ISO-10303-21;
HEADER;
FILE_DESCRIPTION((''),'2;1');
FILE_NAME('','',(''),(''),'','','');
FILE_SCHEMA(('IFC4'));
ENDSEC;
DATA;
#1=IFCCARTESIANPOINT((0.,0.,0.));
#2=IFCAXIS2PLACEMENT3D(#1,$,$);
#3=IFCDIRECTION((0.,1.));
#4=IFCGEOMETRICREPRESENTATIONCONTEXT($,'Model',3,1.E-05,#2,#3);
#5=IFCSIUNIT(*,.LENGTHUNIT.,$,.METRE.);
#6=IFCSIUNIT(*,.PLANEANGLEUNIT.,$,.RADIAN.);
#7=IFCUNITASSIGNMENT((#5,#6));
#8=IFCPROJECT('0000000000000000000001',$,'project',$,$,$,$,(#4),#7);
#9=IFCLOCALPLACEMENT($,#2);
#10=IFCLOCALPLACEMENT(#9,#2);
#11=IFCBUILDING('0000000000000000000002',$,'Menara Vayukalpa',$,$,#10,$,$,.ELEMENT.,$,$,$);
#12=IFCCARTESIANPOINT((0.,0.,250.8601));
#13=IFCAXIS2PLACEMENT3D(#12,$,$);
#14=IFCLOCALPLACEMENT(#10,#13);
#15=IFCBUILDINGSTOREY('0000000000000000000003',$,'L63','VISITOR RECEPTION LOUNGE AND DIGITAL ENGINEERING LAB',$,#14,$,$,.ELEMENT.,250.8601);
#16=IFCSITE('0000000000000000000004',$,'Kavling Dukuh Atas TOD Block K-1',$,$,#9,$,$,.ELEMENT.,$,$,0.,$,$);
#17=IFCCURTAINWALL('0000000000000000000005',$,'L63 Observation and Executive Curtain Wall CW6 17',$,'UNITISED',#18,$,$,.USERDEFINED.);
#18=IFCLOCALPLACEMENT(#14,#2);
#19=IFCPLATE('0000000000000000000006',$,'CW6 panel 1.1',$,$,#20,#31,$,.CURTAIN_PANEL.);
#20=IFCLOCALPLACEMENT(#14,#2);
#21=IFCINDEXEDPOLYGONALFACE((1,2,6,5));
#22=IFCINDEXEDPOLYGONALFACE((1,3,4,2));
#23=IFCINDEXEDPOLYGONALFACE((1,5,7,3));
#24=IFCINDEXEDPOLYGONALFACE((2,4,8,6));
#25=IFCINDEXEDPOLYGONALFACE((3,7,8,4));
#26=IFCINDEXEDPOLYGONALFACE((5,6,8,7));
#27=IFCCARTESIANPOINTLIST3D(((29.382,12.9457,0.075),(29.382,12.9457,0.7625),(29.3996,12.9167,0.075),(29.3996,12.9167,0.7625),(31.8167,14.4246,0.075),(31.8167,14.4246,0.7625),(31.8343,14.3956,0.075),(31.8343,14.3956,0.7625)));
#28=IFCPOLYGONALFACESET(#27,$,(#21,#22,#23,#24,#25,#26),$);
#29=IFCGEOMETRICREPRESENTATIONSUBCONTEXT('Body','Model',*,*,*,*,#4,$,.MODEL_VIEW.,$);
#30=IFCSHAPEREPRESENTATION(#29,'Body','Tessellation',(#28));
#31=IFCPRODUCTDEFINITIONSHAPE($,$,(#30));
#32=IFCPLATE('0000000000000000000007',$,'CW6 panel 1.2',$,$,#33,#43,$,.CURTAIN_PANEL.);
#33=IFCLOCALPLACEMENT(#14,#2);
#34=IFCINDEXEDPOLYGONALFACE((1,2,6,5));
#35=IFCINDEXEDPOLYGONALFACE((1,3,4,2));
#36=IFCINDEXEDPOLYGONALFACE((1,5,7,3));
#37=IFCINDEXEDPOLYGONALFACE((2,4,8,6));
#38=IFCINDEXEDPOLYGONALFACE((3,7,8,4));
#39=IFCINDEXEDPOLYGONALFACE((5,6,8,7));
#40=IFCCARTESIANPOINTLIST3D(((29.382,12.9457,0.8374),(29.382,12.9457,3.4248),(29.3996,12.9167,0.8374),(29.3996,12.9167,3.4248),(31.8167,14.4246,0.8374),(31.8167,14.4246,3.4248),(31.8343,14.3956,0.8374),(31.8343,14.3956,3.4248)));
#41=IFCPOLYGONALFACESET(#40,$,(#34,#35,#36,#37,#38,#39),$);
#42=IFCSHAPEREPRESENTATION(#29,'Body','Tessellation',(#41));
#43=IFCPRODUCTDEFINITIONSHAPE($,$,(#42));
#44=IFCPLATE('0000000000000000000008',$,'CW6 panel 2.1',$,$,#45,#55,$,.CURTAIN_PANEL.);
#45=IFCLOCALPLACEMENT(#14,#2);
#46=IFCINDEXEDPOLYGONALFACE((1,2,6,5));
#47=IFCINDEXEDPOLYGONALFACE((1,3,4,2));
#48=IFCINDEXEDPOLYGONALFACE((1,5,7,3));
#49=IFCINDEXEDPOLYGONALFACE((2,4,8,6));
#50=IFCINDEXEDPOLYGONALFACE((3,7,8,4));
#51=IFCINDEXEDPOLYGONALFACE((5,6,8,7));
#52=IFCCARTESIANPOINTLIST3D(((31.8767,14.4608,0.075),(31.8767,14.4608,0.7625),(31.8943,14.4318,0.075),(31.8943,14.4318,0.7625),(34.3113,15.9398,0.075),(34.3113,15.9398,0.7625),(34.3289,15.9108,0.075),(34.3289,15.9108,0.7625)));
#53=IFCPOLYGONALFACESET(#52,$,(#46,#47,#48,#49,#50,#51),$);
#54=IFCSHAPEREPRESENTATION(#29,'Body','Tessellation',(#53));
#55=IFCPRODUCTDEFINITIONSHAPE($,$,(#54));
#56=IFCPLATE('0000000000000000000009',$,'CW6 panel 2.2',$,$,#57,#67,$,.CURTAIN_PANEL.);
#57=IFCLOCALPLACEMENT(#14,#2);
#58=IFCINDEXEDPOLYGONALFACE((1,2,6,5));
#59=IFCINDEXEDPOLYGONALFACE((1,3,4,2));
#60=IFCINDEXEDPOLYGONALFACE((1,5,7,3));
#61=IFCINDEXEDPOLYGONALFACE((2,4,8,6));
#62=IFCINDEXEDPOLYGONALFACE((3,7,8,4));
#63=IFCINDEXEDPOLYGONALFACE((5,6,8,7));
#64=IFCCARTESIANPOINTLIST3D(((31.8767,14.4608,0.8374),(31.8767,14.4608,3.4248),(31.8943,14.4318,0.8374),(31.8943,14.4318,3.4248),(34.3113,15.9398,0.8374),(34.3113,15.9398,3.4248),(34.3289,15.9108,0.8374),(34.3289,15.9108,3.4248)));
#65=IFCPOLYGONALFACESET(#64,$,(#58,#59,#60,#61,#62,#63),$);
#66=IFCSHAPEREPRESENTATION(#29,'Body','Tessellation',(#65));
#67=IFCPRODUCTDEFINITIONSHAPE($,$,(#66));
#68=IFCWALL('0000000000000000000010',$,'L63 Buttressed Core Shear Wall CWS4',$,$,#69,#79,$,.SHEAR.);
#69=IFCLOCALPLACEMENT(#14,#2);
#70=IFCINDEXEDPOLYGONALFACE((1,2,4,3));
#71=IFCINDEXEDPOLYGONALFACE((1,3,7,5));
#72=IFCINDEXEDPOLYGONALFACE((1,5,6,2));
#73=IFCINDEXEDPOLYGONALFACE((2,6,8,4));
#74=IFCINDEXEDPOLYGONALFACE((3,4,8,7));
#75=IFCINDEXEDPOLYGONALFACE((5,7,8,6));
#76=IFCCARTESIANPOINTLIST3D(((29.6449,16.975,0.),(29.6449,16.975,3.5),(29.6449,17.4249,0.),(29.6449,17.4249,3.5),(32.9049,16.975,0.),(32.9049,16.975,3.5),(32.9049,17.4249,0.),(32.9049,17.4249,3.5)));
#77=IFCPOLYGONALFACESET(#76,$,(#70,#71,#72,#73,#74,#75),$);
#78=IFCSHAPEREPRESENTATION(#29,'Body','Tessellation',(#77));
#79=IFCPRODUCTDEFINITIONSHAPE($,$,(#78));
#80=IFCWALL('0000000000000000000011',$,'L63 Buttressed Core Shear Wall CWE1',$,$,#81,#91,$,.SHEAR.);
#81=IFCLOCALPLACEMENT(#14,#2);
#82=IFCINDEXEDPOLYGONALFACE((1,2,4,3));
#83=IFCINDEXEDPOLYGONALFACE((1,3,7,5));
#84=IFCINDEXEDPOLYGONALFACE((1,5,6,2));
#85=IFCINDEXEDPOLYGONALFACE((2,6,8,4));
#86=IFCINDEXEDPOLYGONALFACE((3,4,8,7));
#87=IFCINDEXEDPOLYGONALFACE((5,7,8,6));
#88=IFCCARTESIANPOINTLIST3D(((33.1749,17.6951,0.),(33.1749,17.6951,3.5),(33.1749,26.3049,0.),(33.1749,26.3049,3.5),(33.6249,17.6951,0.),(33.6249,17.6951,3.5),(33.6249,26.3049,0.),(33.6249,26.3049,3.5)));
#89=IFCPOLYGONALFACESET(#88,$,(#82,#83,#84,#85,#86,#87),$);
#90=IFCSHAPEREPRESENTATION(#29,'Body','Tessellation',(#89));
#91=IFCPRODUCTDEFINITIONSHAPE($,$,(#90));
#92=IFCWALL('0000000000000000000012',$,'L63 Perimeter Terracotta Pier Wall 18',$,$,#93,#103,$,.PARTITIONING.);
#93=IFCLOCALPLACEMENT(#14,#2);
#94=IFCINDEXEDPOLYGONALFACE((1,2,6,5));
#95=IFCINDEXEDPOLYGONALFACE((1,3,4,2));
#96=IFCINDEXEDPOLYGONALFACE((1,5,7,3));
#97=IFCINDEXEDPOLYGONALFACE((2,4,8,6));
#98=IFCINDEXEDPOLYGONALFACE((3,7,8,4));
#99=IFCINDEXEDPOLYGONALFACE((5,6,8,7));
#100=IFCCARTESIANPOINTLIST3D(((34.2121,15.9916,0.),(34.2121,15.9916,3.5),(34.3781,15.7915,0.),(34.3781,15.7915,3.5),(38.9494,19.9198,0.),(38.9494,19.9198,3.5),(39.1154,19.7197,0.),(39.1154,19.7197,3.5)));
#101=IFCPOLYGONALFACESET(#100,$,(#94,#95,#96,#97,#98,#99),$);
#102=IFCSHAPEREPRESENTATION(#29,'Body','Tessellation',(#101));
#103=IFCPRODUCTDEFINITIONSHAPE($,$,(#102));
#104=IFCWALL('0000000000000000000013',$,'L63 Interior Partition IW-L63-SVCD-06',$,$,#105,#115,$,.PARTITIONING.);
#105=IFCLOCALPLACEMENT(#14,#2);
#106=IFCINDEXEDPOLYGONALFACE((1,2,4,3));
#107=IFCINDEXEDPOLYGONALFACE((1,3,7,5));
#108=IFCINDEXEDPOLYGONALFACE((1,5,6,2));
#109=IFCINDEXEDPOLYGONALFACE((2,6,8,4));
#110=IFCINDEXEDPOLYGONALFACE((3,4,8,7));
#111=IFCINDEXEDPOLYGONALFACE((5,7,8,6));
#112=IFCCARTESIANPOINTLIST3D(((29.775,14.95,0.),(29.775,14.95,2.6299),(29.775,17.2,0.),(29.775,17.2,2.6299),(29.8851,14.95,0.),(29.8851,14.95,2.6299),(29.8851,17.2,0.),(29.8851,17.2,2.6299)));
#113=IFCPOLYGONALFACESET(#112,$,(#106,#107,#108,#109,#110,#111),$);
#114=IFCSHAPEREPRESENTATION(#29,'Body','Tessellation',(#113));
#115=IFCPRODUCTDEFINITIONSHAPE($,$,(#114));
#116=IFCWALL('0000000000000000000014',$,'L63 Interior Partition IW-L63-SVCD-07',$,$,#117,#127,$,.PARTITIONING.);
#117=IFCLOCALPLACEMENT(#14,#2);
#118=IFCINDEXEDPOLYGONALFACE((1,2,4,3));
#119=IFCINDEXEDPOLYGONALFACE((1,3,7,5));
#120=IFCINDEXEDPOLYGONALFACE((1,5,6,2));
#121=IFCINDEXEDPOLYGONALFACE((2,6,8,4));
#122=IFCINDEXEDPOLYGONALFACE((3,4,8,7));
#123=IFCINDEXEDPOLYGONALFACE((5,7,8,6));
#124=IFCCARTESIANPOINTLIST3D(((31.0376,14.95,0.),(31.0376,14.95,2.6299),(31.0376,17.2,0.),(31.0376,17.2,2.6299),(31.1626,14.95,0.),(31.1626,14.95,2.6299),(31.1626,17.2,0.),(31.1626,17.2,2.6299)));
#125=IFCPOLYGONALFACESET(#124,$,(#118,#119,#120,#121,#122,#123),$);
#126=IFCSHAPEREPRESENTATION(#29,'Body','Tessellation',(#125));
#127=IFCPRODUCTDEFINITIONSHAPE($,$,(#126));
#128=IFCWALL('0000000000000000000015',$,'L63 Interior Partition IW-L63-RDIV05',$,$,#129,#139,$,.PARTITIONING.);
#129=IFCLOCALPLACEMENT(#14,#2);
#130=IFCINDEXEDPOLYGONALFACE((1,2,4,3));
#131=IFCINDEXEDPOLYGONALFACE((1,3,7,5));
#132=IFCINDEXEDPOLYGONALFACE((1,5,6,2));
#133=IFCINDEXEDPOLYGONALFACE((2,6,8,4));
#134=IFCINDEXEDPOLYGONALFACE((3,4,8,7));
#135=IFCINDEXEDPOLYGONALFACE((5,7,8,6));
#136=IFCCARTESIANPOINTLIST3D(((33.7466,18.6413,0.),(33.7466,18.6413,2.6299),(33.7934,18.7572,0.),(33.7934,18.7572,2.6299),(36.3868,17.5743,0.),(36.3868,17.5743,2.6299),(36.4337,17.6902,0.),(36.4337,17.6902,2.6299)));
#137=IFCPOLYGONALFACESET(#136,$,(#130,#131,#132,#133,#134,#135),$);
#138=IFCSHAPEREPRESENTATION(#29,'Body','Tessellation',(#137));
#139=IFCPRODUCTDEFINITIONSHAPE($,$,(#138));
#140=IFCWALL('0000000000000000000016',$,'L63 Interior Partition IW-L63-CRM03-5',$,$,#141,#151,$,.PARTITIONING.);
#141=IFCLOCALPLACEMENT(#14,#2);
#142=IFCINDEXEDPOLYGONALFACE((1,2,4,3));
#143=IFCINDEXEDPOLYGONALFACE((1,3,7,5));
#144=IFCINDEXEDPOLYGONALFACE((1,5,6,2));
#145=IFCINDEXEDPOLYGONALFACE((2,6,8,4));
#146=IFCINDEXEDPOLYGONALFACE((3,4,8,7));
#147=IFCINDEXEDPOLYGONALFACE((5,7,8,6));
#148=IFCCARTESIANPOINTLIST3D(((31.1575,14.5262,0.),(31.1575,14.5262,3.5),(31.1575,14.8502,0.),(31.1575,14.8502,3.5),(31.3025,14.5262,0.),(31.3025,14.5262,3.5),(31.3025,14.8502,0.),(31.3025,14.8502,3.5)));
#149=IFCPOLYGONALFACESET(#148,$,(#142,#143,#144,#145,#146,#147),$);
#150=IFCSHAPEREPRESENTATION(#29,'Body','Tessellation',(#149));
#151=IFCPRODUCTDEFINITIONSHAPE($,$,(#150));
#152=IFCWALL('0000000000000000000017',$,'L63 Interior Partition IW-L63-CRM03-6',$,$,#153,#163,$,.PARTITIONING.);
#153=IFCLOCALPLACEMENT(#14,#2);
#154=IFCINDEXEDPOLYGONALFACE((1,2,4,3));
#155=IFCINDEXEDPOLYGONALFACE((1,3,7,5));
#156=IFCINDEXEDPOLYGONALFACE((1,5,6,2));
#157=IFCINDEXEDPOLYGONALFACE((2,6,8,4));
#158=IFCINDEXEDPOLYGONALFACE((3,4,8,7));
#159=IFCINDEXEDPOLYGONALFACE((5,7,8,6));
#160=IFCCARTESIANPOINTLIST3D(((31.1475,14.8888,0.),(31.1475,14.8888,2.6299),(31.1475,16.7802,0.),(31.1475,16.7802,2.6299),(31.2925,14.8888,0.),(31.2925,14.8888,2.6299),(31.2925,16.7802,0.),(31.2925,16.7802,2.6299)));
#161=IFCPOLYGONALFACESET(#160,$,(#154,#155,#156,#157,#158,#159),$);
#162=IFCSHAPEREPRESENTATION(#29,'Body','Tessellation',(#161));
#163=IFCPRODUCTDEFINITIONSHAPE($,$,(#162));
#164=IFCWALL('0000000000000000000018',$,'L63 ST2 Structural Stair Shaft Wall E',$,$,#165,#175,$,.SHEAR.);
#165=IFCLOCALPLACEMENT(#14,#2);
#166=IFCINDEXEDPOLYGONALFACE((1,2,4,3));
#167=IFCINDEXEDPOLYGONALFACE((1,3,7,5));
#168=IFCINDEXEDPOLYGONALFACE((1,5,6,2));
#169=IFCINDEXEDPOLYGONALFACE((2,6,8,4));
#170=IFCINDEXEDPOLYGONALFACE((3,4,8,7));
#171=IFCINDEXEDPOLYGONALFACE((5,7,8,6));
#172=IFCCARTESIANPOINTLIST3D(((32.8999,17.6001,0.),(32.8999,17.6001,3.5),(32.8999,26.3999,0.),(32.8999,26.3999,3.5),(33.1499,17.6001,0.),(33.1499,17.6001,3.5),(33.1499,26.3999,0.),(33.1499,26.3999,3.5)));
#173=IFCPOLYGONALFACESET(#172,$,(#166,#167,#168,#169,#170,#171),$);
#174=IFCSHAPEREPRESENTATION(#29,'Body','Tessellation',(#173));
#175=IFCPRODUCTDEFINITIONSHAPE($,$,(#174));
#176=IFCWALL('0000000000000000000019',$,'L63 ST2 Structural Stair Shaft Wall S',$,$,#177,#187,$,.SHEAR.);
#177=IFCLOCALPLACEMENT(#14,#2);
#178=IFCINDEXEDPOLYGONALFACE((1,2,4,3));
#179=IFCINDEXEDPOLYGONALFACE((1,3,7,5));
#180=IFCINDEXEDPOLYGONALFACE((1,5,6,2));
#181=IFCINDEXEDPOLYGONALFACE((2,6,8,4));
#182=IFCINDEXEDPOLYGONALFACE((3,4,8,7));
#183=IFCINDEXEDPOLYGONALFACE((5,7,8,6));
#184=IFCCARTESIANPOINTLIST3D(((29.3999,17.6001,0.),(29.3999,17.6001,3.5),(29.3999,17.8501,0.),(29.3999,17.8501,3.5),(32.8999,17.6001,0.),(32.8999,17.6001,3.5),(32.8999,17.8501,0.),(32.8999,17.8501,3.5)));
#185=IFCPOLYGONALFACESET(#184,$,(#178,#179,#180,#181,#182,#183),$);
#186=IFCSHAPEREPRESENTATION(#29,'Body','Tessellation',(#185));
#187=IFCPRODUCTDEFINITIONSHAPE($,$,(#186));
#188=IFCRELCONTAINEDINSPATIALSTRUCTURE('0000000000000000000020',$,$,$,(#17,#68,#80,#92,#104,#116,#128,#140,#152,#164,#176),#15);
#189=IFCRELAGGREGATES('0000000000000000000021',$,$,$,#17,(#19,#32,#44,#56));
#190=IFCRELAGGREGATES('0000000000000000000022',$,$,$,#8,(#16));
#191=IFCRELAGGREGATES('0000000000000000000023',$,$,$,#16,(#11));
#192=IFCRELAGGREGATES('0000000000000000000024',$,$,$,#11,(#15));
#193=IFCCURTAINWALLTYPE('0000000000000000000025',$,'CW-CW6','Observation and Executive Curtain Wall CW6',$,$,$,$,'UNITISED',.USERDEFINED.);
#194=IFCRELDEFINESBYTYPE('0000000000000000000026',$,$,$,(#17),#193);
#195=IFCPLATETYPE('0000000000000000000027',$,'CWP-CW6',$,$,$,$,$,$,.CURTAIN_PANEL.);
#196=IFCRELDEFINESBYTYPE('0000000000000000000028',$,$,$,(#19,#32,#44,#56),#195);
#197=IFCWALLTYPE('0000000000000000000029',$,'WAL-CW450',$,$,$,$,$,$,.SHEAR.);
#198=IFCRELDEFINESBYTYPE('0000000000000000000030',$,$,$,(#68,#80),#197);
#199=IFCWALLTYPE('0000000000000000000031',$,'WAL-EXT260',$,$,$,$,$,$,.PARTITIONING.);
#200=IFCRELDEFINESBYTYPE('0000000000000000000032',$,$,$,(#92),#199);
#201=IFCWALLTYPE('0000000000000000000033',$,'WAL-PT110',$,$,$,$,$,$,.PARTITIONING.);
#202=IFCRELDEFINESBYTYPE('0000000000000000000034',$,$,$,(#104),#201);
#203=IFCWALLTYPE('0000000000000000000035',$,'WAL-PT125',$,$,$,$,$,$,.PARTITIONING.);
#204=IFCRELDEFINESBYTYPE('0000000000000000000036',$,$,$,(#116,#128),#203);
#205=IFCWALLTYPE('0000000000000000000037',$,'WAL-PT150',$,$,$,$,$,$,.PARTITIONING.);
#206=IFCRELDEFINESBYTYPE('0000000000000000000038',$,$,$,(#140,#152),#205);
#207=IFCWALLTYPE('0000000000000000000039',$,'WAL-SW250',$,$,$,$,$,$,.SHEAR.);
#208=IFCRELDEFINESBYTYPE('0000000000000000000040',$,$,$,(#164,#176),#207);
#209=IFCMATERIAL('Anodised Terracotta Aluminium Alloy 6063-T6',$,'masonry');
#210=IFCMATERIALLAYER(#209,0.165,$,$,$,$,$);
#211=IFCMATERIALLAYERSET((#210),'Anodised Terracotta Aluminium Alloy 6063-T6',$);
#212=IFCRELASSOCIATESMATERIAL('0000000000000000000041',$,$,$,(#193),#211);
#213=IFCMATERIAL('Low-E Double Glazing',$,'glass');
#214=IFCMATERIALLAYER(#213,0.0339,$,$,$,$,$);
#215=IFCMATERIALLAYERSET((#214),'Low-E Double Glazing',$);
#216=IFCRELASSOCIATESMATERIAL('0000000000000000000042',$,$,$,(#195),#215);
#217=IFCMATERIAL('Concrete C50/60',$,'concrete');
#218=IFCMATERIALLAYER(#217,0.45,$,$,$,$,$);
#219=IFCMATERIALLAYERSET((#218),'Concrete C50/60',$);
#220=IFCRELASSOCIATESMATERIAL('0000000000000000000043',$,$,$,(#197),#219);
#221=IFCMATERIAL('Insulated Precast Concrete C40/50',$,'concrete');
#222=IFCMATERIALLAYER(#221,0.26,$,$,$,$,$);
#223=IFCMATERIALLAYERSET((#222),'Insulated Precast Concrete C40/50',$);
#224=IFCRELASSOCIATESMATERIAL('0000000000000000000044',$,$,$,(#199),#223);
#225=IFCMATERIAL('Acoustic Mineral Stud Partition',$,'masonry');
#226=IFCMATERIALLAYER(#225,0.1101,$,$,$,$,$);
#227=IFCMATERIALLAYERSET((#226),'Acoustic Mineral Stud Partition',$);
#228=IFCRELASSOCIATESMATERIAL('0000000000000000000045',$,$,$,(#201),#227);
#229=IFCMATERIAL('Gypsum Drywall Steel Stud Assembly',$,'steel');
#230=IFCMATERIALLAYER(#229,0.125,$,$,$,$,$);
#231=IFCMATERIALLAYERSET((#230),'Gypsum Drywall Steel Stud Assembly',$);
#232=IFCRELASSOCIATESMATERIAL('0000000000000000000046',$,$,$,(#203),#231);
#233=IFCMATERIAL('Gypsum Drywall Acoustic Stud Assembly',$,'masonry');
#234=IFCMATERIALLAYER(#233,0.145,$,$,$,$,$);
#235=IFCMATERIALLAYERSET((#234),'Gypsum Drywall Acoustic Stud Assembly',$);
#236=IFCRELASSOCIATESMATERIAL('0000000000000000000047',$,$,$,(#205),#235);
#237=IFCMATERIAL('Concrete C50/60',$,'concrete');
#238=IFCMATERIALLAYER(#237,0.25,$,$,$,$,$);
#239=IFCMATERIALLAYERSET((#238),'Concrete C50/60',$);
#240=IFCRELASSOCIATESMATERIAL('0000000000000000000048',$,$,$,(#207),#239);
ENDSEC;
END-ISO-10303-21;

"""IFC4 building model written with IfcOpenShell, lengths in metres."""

from ifc_helpers import new_model, si_unit, direction, frame, frame_2d, origin, origin_2d, place, context, subcontext, project, spatial, rectangle, extrude, material, layer, layer_set, type_object, element, aggregate, save


model = new_model("IFC4")

# Units and contexts
model_context = context("Model", 3, precision=1e-05, world=origin(), true_north=direction((0.0, 1.0)))
body_context = subcontext(model_context, "Body", "Model", "MODEL_VIEW")
ifc_project = project(units=[si_unit("LENGTHUNIT", "METRE"), si_unit("PLANEANGLEUNIT", "RADIAN")], contexts=[model_context])

# Site, building, storey
site_placement = place(None, origin())
site = spatial("IfcSite", under=ifc_project, at=site_placement, Name="Kavling Dukuh Atas TOD Block K-1", CompositionType="ELEMENT", RefElevation=0.0)
building_placement = place(site_placement, origin())
building = spatial("IfcBuilding", under=site, at=building_placement, Name="Menara Vayukalpa", CompositionType="ELEMENT")
storey_placement = place(building_placement, frame((0.0, 0.0, 250.8601)))
storey = spatial("IfcBuildingStorey", under=building, at=storey_placement, Name="L63", Description="VISITOR RECEPTION LOUNGE AND DIGITAL ENGINEERING LAB", CompositionType="ELEMENT", Elevation=250.8601)

# Curtain wall, plates
ifc_material_1 = material(Name="Anodised Terracotta Aluminium Alloy 6063-T6", Category="masonry")
ifc_layer_1 = layer(ifc_material_1, 0.165)
ifc_layer_set_1 = layer_set([ifc_layer_1], Name="Anodised Terracotta Aluminium Alloy 6063-T6")
curtain_wall_type = type_object("IfcCurtainWallType", Name="CW-CW6", Description="Observation and Executive Curtain Wall CW6", ElementType="UNITISED", PredefinedType="USERDEFINED", material=ifc_layer_set_1)
curtain_wall_placement = place(storey_placement, origin())
curtain_wall = element("IfcCurtainWall", 1, at=curtain_wall_placement, inside=storey, type_object=curtain_wall_type, Name="L63 Observation and Executive Curtain Wall CW6 17", ObjectType="UNITISED", PredefinedType="USERDEFINED")
ifc_material_2 = material(Name="Low-E Double Glazing", Category="glass")
ifc_layer_2 = layer(ifc_material_2, 0.0339)
ifc_layer_set_2 = layer_set([ifc_layer_2], Name="Low-E Double Glazing")
plate_type = type_object("IfcPlateType", Name="CWP-CW6", PredefinedType="CURTAIN_PANEL", material=ifc_layer_set_2)
plate_1_placement = place(storey_placement, frame((30.6082, 13.6707, 0.075), z_axis=(0.0, 0.0, 1.0), x_axis=(0.854668, 0.519176, 0.0)))
plate_1 = element("IfcPlate", 2, at=plate_1_placement, type_object=plate_type, Name="CW6 panel 1.1", PredefinedType="CURTAIN_PANEL", context=body_context, shape_type="SweptSolid", body=[
    extrude(rectangle(XDim=2.8486, YDim=0.0339, at=origin_2d()), origin(), (0.0, 0.0, 1.0), 0.6875),
])
plate_2_placement = place(storey_placement, frame((30.6082, 13.6707, 0.8374), z_axis=(0.0, 0.0, 1.0), x_axis=(0.854668, 0.519176, 0.0)))
plate_2 = element("IfcPlate", 3, at=plate_2_placement, type_object=plate_type, Name="CW6 panel 1.2", PredefinedType="CURTAIN_PANEL", context=body_context, shape_type="SweptSolid", body=[
    extrude(rectangle(XDim=2.8486, YDim=0.0339, at=origin_2d()), origin(), (0.0, 0.0, 1.0), 2.5874),
])
plate_3_placement = place(storey_placement, frame((33.1028, 15.1858, 0.075), z_axis=(0.0, 0.0, 1.0), x_axis=(0.854668, 0.519176, 0.0)))
plate_3 = element("IfcPlate", 4, at=plate_3_placement, type_object=plate_type, Name="CW6 panel 2.1", PredefinedType="CURTAIN_PANEL", context=body_context, shape_type="SweptSolid", body=[
    extrude(rectangle(XDim=2.8486, YDim=0.0339, at=origin_2d()), origin(), (0.0, 0.0, 1.0), 0.6875),
])
plate_4_placement = place(storey_placement, frame((33.1028, 15.1858, 0.8374), z_axis=(0.0, 0.0, 1.0), x_axis=(0.854668, 0.519176, 0.0)))
plate_4 = element("IfcPlate", 5, at=plate_4_placement, type_object=plate_type, Name="CW6 panel 2.2", PredefinedType="CURTAIN_PANEL", context=body_context, shape_type="SweptSolid", body=[
    extrude(rectangle(XDim=2.8486, YDim=0.0339, at=origin_2d()), origin(), (0.0, 0.0, 1.0), 2.5874),
])
aggregate(curtain_wall, [plate_1, plate_2, plate_3, plate_4])

# Walls
ifc_material_3 = material(Name="Concrete C50/60", Category="concrete")
ifc_layer_3 = layer(ifc_material_3, 0.45)
ifc_layer_set_3 = layer_set([ifc_layer_3], Name="Concrete C50/60")
wall_type_1 = type_object("IfcWallType", Name="WAL-CW450", PredefinedType="SHEAR", material=ifc_layer_set_3)
wall_1_placement = place(storey_placement, frame((29.645, 17.2, 0.0), z_axis=(0.0, 0.0, 1.0), x_axis=(1.0, 0.0, 0.0)))
element("IfcWall", 6, at=wall_1_placement, inside=storey, type_object=wall_type_1, Name="L63 Buttressed Core Shear Wall CWS4", PredefinedType="SHEAR", context=body_context, shape_type="SweptSolid", body=[
    extrude(rectangle(XDim=3.26, YDim=0.45, at=frame_2d((1.6299, 0.0))), origin(), (0.0, 0.0, 1.0), 3.5),
])
wall_2_placement = place(storey_placement, frame((33.3999, 17.6951, 0.0), z_axis=(0.0, 0.0, 1.0), x_axis=(0.0, 1.0, 0.0)))
element("IfcWall", 7, at=wall_2_placement, inside=storey, type_object=wall_type_1, Name="L63 Buttressed Core Shear Wall CWE1", PredefinedType="SHEAR", context=body_context, shape_type="SweptSolid", body=[
    extrude(rectangle(XDim=8.6099, YDim=0.45, at=frame_2d((4.3049, 0.0))), origin(), (0.0, 0.0, 1.0), 3.5),
])
ifc_material_4 = material(Name="Insulated Precast Concrete C40/50", Category="concrete")
ifc_layer_4 = layer(ifc_material_4, 0.26)
ifc_layer_set_4 = layer_set([ifc_layer_4], Name="Insulated Precast Concrete C40/50")
wall_type_2 = type_object("IfcWallType", Name="WAL-EXT260", PredefinedType="PARTITIONING", material=ifc_layer_set_4)
wall_3_placement = place(storey_placement, frame((39.0325, 19.8198, 0.0), z_axis=(0.0, 0.0, 1.0), x_axis=(-0.76978, -0.638309, 0.0)))
element("IfcWall", 8, at=wall_3_placement, inside=storey, type_object=wall_type_2, Name="L63 Perimeter Terracotta Pier Wall 18", PredefinedType="PARTITIONING", context=body_context, shape_type="SweptSolid", body=[
    extrude(rectangle(XDim=6.1541, YDim=0.26, at=frame_2d((3.0771, 0.0))), origin(), (0.0, 0.0, 1.0), 3.5),
])
ifc_material_5 = material(Name="Acoustic Mineral Stud Partition", Category="masonry")
ifc_layer_5 = layer(ifc_material_5, 0.1101)
ifc_layer_set_5 = layer_set([ifc_layer_5], Name="Acoustic Mineral Stud Partition")
wall_type_3 = type_object("IfcWallType", Name="WAL-PT110", PredefinedType="PARTITIONING", material=ifc_layer_set_5)
wall_4_placement = place(storey_placement, frame((29.8301, 14.95, 0.0), z_axis=(0.0, 0.0, 1.0), x_axis=(0.0, 1.0, 0.0)))
element("IfcWall", 9, at=wall_4_placement, inside=storey, type_object=wall_type_3, Name="L63 Interior Partition IW-L63-SVCD-06", PredefinedType="PARTITIONING", context=body_context, shape_type="SweptSolid", body=[
    extrude(rectangle(XDim=2.25, YDim=0.1101, at=frame_2d((1.125, 0.0))), origin(), (0.0, 0.0, 1.0), 2.6299),
])
ifc_material_6 = material(Name="Gypsum Drywall Steel Stud Assembly", Category="steel")
ifc_layer_6 = layer(ifc_material_6, 0.125)
ifc_layer_set_6 = layer_set([ifc_layer_6], Name="Gypsum Drywall Steel Stud Assembly")
wall_type_4 = type_object("IfcWallType", Name="WAL-PT125", PredefinedType="PARTITIONING", material=ifc_layer_set_6)
wall_5_placement = place(storey_placement, frame((31.1001, 14.95, 0.0), z_axis=(0.0, 0.0, 1.0), x_axis=(0.0, 1.0, 0.0)))
element("IfcWall", 10, at=wall_5_placement, inside=storey, type_object=wall_type_4, Name="L63 Interior Partition IW-L63-SVCD-07", PredefinedType="PARTITIONING", context=body_context, shape_type="SweptSolid", body=[
    extrude(rectangle(XDim=2.25, YDim=0.125, at=frame_2d((1.125, 0.0))), origin(), (0.0, 0.0, 1.0), 2.6299),
])
wall_6_placement = place(storey_placement, frame((33.77, 18.6992, 0.0), z_axis=(0.0, 0.0, 1.0), x_axis=(0.927158, -0.37467, 0.0)))
element("IfcWall", 11, at=wall_6_placement, inside=storey, type_object=wall_type_4, Name="L63 Interior Partition IW-L63-RDIV05", PredefinedType="PARTITIONING", context=body_context, shape_type="SweptSolid", body=[
    extrude(rectangle(XDim=2.8477, YDim=0.125, at=frame_2d((1.4238, 0.0))), origin(), (0.0, 0.0, 1.0), 2.6299),
])
ifc_material_7 = material(Name="Gypsum Drywall Acoustic Stud Assembly", Category="masonry")
ifc_layer_7 = layer(ifc_material_7, 0.145)
ifc_layer_set_7 = layer_set([ifc_layer_7], Name="Gypsum Drywall Acoustic Stud Assembly")
wall_type_5 = type_object("IfcWallType", Name="WAL-PT150", PredefinedType="PARTITIONING", material=ifc_layer_set_7)
wall_7_placement = place(storey_placement, frame((31.23, 14.5261, 0.0), z_axis=(0.0, 0.0, 1.0), x_axis=(0.0, 1.0, 0.0)))
element("IfcWall", 12, at=wall_7_placement, inside=storey, type_object=wall_type_5, Name="L63 Interior Partition IW-L63-CRM03-5", PredefinedType="PARTITIONING", context=body_context, shape_type="SweptSolid", body=[
    extrude(rectangle(XDim=0.324, YDim=0.145, at=frame_2d((0.1621, 0.0))), origin(), (0.0, 0.0, 1.0), 3.5),
])
wall_8_placement = place(storey_placement, frame((31.22, 14.8887, 0.0), z_axis=(0.0, 0.0, 1.0), x_axis=(0.0, 1.0, 0.0)))
element("IfcWall", 13, at=wall_8_placement, inside=storey, type_object=wall_type_5, Name="L63 Interior Partition IW-L63-CRM03-6", PredefinedType="PARTITIONING", context=body_context, shape_type="SweptSolid", body=[
    extrude(rectangle(XDim=1.8914, YDim=0.145, at=frame_2d((0.9458, 0.0))), origin(), (0.0, 0.0, 1.0), 2.6299),
])
ifc_material_8 = material(Name="Concrete C50/60", Category="concrete")
ifc_layer_8 = layer(ifc_material_8, 0.25)
ifc_layer_set_8 = layer_set([ifc_layer_8], Name="Concrete C50/60")
wall_type_6 = type_object("IfcWallType", Name="WAL-SW250", PredefinedType="SHEAR", material=ifc_layer_set_8)
wall_9_placement = place(storey_placement, frame((33.0249, 17.6001, 0.0), z_axis=(0.0, 0.0, 1.0), x_axis=(0.0, 1.0, 0.0)))
element("IfcWall", 14, at=wall_9_placement, inside=storey, type_object=wall_type_6, Name="L63 ST2 Structural Stair Shaft Wall E", PredefinedType="SHEAR", context=body_context, shape_type="SweptSolid", body=[
    extrude(rectangle(XDim=8.7998, YDim=0.25, at=frame_2d((4.3999, 0.0))), origin(), (0.0, 0.0, 1.0), 3.5),
])
wall_10_placement = place(storey_placement, frame((29.3999, 17.7251, 0.0), z_axis=(0.0, 0.0, 1.0), x_axis=(1.0, 0.0, 0.0)))
element("IfcWall", 15, at=wall_10_placement, inside=storey, type_object=wall_type_6, Name="L63 ST2 Structural Stair Shaft Wall S", PredefinedType="SHEAR", context=body_context, shape_type="SweptSolid", body=[
    extrude(rectangle(XDim=3.5, YDim=0.25, at=frame_2d((1.75, 0.0))), origin(), (0.0, 0.0, 1.0), 3.5),
])

save(model, "model.ifc")
